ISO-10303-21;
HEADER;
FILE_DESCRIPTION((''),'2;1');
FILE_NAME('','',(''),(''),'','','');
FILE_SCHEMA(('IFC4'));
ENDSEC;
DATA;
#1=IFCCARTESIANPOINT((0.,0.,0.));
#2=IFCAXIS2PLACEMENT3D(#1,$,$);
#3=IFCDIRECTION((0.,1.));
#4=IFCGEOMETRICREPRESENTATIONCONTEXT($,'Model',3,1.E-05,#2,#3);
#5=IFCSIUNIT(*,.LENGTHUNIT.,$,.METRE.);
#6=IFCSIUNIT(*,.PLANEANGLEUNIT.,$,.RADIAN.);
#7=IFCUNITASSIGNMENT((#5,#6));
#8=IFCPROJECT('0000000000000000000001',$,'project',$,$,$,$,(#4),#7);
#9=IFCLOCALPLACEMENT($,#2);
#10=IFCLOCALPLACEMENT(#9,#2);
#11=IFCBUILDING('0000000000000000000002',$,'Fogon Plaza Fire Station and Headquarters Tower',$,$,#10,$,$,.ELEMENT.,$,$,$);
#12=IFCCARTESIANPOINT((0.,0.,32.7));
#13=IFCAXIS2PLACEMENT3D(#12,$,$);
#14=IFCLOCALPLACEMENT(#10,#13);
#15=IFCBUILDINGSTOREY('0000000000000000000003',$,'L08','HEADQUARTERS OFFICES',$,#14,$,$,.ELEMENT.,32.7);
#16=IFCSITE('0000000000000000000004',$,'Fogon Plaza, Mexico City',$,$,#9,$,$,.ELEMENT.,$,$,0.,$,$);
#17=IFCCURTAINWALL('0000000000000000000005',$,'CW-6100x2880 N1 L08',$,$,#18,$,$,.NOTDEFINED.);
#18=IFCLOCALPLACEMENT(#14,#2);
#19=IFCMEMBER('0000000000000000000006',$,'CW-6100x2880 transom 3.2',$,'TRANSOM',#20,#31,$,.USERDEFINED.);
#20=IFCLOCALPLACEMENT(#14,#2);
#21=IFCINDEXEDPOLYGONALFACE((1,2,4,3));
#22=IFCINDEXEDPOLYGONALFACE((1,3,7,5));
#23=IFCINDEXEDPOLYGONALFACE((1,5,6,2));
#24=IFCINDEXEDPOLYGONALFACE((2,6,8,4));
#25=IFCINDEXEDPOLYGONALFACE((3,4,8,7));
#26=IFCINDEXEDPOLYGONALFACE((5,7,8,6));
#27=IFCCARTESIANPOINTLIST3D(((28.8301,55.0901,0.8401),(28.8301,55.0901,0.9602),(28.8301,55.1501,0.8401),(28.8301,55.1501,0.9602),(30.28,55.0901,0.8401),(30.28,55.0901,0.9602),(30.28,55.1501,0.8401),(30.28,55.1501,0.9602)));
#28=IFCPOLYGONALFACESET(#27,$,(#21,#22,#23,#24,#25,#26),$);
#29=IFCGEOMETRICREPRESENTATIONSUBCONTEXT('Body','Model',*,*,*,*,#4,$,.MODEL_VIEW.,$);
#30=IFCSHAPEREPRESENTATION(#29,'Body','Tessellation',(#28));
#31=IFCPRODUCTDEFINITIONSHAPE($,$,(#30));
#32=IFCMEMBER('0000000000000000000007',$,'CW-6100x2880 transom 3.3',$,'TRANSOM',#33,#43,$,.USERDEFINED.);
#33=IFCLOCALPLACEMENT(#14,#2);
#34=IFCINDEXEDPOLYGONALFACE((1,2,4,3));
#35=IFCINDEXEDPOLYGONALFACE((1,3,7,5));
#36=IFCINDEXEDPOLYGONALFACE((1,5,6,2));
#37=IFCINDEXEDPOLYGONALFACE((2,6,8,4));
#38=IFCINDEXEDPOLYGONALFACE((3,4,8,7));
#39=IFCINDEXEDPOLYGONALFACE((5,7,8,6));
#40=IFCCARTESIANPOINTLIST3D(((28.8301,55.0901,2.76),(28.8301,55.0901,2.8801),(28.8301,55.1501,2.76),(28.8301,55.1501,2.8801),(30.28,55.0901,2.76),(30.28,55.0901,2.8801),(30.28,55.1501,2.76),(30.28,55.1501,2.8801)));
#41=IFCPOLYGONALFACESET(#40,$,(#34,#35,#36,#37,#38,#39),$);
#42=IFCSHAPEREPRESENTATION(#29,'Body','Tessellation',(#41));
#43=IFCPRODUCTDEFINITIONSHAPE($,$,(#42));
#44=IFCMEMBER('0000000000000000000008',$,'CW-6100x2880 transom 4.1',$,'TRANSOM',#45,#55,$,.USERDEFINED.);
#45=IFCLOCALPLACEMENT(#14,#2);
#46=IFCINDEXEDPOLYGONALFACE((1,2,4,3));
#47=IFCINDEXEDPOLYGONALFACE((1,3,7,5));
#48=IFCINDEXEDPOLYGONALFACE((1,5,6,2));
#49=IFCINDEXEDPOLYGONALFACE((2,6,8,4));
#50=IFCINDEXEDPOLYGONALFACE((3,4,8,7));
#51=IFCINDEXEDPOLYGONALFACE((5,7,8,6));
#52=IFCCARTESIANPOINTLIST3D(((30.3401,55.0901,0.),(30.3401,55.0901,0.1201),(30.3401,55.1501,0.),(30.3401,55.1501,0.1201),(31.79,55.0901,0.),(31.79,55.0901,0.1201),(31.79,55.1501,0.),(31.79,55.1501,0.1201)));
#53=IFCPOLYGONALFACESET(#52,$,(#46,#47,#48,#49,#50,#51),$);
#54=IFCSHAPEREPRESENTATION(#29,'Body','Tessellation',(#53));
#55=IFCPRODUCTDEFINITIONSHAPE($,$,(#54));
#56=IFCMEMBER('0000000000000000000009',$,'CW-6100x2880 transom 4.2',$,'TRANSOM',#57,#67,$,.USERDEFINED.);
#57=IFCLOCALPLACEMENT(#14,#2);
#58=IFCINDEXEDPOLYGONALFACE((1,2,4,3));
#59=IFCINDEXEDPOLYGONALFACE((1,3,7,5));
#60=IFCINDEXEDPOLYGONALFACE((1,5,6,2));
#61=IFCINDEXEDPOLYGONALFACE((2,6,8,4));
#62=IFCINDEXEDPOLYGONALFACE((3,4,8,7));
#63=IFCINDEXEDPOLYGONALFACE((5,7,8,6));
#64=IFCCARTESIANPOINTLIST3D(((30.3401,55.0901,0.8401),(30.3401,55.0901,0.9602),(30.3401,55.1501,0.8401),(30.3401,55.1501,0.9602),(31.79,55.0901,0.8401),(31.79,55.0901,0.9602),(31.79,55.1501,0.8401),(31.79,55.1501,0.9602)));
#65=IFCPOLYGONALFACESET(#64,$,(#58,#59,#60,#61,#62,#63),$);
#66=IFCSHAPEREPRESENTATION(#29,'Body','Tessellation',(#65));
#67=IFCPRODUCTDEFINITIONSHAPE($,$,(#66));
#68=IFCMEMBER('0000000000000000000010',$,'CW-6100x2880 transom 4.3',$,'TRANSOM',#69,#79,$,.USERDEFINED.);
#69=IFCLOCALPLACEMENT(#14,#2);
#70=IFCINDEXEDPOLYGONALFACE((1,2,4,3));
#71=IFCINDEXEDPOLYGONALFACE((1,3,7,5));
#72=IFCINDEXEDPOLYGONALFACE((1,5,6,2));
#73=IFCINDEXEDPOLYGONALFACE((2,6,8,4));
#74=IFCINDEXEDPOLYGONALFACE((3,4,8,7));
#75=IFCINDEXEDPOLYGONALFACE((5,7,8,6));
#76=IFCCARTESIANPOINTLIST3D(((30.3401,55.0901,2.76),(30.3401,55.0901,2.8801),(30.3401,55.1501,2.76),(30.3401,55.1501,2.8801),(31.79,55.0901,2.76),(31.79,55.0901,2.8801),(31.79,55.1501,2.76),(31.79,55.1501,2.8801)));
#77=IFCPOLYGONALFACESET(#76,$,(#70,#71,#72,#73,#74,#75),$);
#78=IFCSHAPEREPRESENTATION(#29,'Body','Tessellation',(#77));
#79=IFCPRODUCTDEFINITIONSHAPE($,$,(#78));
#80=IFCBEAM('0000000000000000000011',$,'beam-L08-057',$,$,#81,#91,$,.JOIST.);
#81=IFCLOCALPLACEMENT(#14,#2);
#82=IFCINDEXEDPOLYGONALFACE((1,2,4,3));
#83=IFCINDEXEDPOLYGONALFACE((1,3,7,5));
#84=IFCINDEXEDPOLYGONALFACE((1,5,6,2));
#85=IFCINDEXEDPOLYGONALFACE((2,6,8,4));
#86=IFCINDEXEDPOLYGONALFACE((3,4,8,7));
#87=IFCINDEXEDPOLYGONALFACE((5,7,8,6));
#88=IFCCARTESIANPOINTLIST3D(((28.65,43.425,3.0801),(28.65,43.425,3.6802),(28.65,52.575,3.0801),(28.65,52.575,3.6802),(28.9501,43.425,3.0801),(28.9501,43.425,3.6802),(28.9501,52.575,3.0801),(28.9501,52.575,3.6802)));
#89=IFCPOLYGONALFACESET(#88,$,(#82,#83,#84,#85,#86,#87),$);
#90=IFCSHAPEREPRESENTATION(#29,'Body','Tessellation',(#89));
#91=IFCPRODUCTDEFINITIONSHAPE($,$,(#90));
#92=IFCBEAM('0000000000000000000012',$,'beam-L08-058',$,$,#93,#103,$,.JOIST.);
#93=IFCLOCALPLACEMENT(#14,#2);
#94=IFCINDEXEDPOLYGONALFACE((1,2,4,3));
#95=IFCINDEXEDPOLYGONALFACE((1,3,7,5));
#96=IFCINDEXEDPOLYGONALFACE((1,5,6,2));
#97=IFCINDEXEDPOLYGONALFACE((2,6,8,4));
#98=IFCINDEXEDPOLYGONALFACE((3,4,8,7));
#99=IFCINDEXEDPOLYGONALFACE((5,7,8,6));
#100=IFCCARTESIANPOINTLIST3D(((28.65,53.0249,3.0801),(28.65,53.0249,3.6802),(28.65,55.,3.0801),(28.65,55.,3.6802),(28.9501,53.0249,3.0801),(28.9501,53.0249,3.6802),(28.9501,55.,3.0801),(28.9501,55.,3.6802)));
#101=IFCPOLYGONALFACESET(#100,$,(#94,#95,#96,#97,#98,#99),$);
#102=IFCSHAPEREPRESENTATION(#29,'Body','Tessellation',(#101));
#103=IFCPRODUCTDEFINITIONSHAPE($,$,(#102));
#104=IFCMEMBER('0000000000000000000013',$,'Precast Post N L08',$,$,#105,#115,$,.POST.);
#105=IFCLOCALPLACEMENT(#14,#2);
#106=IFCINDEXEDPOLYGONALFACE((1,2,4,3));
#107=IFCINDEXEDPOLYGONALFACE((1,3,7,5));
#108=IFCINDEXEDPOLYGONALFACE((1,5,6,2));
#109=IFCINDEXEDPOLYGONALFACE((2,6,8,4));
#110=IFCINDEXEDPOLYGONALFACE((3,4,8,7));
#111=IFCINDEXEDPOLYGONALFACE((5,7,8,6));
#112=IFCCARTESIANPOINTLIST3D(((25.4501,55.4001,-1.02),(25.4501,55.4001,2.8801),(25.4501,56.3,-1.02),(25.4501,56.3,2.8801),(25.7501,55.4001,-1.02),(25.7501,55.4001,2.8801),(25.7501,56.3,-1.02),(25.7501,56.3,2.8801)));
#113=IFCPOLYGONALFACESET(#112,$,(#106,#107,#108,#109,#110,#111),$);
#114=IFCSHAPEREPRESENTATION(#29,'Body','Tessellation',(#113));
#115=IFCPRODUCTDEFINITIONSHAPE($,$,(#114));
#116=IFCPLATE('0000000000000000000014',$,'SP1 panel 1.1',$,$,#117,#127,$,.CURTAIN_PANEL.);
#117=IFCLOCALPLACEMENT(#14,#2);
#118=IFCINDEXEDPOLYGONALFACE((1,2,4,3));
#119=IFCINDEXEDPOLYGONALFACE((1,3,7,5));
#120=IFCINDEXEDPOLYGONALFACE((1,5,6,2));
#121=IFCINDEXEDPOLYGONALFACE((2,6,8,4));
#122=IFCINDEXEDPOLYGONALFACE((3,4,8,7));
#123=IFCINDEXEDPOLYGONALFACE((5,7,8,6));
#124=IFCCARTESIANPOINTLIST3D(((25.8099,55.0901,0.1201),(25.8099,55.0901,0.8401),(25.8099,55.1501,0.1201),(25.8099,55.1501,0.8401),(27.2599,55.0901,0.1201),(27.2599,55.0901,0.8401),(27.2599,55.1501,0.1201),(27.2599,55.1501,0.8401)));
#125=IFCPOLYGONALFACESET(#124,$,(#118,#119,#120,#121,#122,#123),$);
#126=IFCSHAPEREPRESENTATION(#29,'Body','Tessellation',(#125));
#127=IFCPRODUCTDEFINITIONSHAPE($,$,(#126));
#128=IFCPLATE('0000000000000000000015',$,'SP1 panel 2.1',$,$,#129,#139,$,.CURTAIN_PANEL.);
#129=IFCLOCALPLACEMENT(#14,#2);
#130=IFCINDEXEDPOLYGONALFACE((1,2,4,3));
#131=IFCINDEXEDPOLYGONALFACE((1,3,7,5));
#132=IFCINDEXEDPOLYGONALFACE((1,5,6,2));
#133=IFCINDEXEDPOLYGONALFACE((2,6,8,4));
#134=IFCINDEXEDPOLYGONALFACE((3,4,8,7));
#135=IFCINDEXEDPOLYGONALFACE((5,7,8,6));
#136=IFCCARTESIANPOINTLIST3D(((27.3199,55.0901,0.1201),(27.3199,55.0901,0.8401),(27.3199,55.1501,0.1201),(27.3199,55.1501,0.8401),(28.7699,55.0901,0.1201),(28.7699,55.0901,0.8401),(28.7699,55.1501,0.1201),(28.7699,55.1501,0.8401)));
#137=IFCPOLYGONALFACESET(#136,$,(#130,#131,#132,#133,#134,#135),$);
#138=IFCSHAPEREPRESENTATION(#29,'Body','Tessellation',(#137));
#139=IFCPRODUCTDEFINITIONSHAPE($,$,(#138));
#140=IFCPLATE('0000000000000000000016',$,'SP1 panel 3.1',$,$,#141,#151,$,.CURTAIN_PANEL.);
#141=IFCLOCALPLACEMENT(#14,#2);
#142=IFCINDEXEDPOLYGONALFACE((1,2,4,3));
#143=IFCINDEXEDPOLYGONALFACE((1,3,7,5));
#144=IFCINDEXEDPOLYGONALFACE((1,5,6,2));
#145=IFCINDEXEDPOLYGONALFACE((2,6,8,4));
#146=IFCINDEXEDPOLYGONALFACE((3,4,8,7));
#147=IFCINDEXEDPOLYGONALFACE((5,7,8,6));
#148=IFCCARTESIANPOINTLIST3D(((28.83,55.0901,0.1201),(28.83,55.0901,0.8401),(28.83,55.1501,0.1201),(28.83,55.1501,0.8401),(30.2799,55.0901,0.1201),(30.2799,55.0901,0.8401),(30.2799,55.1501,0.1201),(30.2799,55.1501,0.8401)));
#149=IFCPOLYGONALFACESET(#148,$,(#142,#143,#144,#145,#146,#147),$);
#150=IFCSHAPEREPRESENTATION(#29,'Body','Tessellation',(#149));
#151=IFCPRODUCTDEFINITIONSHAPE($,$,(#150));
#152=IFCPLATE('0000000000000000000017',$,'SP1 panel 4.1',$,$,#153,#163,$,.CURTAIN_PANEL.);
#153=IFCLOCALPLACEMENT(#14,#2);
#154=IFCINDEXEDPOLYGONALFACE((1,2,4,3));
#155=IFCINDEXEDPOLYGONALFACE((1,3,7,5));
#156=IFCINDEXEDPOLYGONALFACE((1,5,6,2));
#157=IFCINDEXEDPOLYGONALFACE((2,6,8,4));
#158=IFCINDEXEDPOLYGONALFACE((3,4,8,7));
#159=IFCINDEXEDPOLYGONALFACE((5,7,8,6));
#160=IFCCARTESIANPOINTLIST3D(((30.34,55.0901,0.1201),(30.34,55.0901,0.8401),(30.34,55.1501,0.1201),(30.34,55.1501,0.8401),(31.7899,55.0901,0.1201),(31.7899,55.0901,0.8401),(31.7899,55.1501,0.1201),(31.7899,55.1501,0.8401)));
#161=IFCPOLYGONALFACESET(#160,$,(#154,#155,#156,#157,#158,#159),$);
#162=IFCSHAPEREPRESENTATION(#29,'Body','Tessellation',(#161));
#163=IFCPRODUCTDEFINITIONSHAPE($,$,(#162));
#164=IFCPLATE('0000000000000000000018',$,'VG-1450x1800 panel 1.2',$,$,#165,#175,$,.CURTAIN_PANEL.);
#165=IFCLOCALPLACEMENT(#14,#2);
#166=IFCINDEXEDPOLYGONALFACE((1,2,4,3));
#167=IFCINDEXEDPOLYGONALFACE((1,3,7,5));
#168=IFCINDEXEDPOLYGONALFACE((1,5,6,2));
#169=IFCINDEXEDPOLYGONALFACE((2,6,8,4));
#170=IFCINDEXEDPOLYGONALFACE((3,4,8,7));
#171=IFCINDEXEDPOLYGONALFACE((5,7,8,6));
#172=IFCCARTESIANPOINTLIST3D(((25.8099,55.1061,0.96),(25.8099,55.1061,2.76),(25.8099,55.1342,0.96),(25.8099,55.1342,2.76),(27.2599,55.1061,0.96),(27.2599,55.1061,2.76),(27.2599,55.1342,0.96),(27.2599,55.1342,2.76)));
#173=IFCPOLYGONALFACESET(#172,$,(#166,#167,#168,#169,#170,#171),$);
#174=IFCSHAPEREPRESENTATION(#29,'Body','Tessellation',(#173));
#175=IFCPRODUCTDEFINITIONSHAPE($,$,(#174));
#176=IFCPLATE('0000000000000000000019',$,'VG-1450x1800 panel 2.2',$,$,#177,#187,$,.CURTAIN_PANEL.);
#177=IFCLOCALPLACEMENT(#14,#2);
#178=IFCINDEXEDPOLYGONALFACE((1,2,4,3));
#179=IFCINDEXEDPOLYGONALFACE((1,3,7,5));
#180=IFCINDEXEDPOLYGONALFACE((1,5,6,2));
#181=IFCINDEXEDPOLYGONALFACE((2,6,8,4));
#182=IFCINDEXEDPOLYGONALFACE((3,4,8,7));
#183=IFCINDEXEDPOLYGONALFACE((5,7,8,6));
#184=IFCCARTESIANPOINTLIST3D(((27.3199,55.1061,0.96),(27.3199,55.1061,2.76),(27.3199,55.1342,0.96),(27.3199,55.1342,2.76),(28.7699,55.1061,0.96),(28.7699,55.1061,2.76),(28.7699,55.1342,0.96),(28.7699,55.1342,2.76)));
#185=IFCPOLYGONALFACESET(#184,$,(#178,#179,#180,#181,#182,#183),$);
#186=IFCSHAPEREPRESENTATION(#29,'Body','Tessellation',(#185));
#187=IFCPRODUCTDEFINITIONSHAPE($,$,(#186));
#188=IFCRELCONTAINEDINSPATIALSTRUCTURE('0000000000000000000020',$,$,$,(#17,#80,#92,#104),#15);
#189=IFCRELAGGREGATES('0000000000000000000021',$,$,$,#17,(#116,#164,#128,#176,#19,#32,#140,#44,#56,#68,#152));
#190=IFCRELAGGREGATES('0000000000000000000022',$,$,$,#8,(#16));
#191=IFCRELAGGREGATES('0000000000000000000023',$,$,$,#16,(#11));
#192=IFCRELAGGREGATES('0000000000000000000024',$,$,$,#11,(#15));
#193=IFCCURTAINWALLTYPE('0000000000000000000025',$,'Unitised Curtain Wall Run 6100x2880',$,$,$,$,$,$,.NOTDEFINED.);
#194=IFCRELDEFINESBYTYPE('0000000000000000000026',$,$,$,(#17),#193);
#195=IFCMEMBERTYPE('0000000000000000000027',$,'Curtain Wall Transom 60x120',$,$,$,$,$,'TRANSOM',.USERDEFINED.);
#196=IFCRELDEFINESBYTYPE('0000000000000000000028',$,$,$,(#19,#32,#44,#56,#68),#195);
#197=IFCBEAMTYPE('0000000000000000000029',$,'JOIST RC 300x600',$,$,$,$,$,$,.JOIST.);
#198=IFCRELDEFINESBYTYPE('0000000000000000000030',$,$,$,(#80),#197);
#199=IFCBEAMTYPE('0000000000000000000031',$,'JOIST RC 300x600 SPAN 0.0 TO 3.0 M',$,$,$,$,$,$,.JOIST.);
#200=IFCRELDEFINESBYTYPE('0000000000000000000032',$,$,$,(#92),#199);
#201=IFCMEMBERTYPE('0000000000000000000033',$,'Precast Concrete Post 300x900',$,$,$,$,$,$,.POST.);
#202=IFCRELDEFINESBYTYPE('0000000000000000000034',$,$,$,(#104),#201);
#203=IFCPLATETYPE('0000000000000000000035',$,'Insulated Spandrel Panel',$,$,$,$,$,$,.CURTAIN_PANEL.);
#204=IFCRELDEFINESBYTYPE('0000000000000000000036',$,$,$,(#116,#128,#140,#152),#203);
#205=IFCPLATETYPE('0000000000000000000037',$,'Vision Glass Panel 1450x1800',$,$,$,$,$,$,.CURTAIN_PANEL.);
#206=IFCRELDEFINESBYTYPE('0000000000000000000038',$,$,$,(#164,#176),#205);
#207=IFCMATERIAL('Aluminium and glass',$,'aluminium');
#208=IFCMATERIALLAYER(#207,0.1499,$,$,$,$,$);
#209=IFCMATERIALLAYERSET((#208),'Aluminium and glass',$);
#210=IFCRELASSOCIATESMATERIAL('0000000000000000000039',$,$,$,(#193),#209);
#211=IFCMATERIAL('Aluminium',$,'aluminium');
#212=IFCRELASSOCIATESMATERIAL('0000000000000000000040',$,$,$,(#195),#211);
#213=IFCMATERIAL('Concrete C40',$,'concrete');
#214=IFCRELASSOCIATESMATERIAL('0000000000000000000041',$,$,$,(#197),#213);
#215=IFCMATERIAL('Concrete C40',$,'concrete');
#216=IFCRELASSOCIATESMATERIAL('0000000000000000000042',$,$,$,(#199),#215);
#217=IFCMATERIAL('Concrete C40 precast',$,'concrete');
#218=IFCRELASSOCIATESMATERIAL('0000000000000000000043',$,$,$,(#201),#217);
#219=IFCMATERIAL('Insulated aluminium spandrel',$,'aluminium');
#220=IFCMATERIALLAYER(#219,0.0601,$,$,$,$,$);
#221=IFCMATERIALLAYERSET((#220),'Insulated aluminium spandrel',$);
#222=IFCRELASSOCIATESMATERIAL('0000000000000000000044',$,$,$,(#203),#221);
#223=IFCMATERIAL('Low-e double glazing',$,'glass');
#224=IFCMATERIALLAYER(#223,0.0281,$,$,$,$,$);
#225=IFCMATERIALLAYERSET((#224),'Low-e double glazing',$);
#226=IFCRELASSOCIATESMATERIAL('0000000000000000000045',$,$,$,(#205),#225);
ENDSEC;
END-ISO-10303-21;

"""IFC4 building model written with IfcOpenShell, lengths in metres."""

from ifc_helpers import new_model, si_unit, direction, frame, origin, origin_2d, place, context, subcontext, project, spatial, rectangle, extrude, material, layer, layer_set, material_profile, profile_set, type_object, element, aggregate, save


model = new_model("IFC4")

# Units and contexts
model_context = context("Model", 3, precision=1e-05, world=origin(), true_north=direction((0.0, 1.0)))
body_context = subcontext(model_context, "Body", "Model", "MODEL_VIEW")
ifc_project = project(units=[si_unit("LENGTHUNIT", "METRE"), si_unit("PLANEANGLEUNIT", "RADIAN")], contexts=[model_context])

# Site, building, storey
site_placement = place(None, origin())
site = spatial("IfcSite", under=ifc_project, at=site_placement, Name="Fogon Plaza, Mexico City", CompositionType="ELEMENT", RefElevation=0.0)
building_placement = place(site_placement, origin())
building = spatial("IfcBuilding", under=site, at=building_placement, Name="Fogon Plaza Fire Station and Headquarters Tower", CompositionType="ELEMENT")
storey_placement = place(building_placement, frame((0.0, 0.0, 32.7)))
storey = spatial("IfcBuildingStorey", under=building, at=storey_placement, Name="L08", Description="HEADQUARTERS OFFICES", CompositionType="ELEMENT", Elevation=32.7)

# Curtain wall, members
ifc_material_1 = material(Name="Aluminium and glass", Category="aluminium")
ifc_layer_1 = layer(ifc_material_1, 0.1499)
ifc_layer_set_1 = layer_set([ifc_layer_1], Name="Aluminium and glass")
curtain_wall_type = type_object("IfcCurtainWallType", Name="Unitised Curtain Wall Run 6100x2880", PredefinedType="NOTDEFINED", material=ifc_layer_set_1)
curtain_wall_placement = place(storey_placement, origin())
curtain_wall = element("IfcCurtainWall", 1, at=curtain_wall_placement, inside=storey, type_object=curtain_wall_type, Name="CW-6100x2880 N1 L08", PredefinedType="NOTDEFINED")
ifc_material_2 = material(Name="Aluminium", Category="aluminium")
ifc_material_profile_1 = material_profile(ifc_material_2, rectangle(XDim=0.0601, YDim=0.1201, at=origin_2d()), Name="Curtain Wall Transom 60x120")
ifc_profile_set_1 = profile_set([ifc_material_profile_1], Name="Aluminium")
member_type_1 = type_object("IfcMemberType", Name="Curtain Wall Transom 60x120", ElementType="TRANSOM", PredefinedType="USERDEFINED", material=ifc_profile_set_1)
member_1_placement = place(storey_placement, frame((28.8301, 55.1201, 0.9001), z_axis=(1.0, 0.0, 0.0), x_axis=(0.0, 1.0, 0.0)))
member_1 = element("IfcMember", 2, at=member_1_placement, type_object=member_type_1, Name="CW-6100x2880 transom 3.2", ObjectType="TRANSOM", PredefinedType="USERDEFINED", context=body_context, shape_type="SweptSolid", body=[
    extrude(rectangle(XDim=0.0601, YDim=0.1201, at=origin_2d()), origin(), (0.0, 0.0, 1.0), 1.45),
])
member_2_placement = place(storey_placement, frame((28.8301, 55.1201, 2.8201), z_axis=(1.0, 0.0, 0.0), x_axis=(0.0, 1.0, 0.0)))
member_2 = element("IfcMember", 3, at=member_2_placement, type_object=member_type_1, Name="CW-6100x2880 transom 3.3", ObjectType="TRANSOM", PredefinedType="USERDEFINED", context=body_context, shape_type="SweptSolid", body=[
    extrude(rectangle(XDim=0.0601, YDim=0.1201, at=origin_2d()), origin(), (0.0, 0.0, 1.0), 1.45),
])
member_3_placement = place(storey_placement, frame((30.3401, 55.1201, 0.0601), z_axis=(1.0, 0.0, 0.0), x_axis=(0.0, 1.0, 0.0)))
member_3 = element("IfcMember", 4, at=member_3_placement, type_object=member_type_1, Name="CW-6100x2880 transom 4.1", ObjectType="TRANSOM", PredefinedType="USERDEFINED", context=body_context, shape_type="SweptSolid", body=[
    extrude(rectangle(XDim=0.0601, YDim=0.1201, at=origin_2d()), origin(), (0.0, 0.0, 1.0), 1.45),
])
member_4_placement = place(storey_placement, frame((30.3401, 55.1201, 0.9001), z_axis=(1.0, 0.0, 0.0), x_axis=(0.0, 1.0, 0.0)))
member_4 = element("IfcMember", 5, at=member_4_placement, type_object=member_type_1, Name="CW-6100x2880 transom 4.2", ObjectType="TRANSOM", PredefinedType="USERDEFINED", context=body_context, shape_type="SweptSolid", body=[
    extrude(rectangle(XDim=0.0601, YDim=0.1201, at=origin_2d()), origin(), (0.0, 0.0, 1.0), 1.45),
])
member_5_placement = place(storey_placement, frame((30.3401, 55.1201, 2.8201), z_axis=(1.0, 0.0, 0.0), x_axis=(0.0, 1.0, 0.0)))
member_5 = element("IfcMember", 6, at=member_5_placement, type_object=member_type_1, Name="CW-6100x2880 transom 4.3", ObjectType="TRANSOM", PredefinedType="USERDEFINED", context=body_context, shape_type="SweptSolid", body=[
    extrude(rectangle(XDim=0.0601, YDim=0.1201, at=origin_2d()), origin(), (0.0, 0.0, 1.0), 1.45),
])

# Beams
ifc_material_3 = material(Name="Concrete C40", Category="concrete")
ifc_material_profile_2 = material_profile(ifc_material_3, rectangle(XDim=0.3, YDim=0.6001, at=origin_2d()), Name="RC 300x600")
ifc_profile_set_2 = profile_set([ifc_material_profile_2], Name="Concrete C40")
beam_type_1 = type_object("IfcBeamType", Name="JOIST RC 300x600", PredefinedType="JOIST", material=ifc_profile_set_2)
beam_1_placement = place(storey_placement, frame((28.8, 43.425, 3.3801), z_axis=(0.0, 1.0, 0.0), x_axis=(-1.0, 0.0, 0.0)))
element("IfcBeam", 7, at=beam_1_placement, inside=storey, type_object=beam_type_1, Name="beam-L08-057", PredefinedType="JOIST", context=body_context, shape_type="SweptSolid", body=[
    extrude(rectangle(XDim=0.3, YDim=0.6001, at=origin_2d()), origin(), (0.0, 0.0, 1.0), 9.1499),
])
ifc_material_4 = material(Name="Concrete C40", Category="concrete")
ifc_material_profile_3 = material_profile(ifc_material_4, rectangle(XDim=0.3, YDim=0.6001, at=origin_2d()), Name="RC 300x600")
ifc_profile_set_3 = profile_set([ifc_material_profile_3], Name="Concrete C40")
beam_type_2 = type_object("IfcBeamType", Name="JOIST RC 300x600 SPAN 0.0 TO 3.0 M", PredefinedType="JOIST", material=ifc_profile_set_3)
beam_2_placement = place(storey_placement, frame((28.8, 53.0249, 3.3801), z_axis=(0.0, 1.0, 0.0), x_axis=(-1.0, 0.0, 0.0)))
element("IfcBeam", 8, at=beam_2_placement, inside=storey, type_object=beam_type_2, Name="beam-L08-058", PredefinedType="JOIST", context=body_context, shape_type="SweptSolid", body=[
    extrude(rectangle(XDim=0.3, YDim=0.6001, at=origin_2d()), origin(), (0.0, 0.0, 1.0), 1.9751),
])

# Member
ifc_material_5 = material(Name="Concrete C40 precast", Category="concrete")
ifc_material_profile_4 = material_profile(ifc_material_5, rectangle(XDim=0.3, YDim=0.8999, at=origin_2d()), Name="Precast Concrete Post 300x900")
ifc_profile_set_4 = profile_set([ifc_material_profile_4], Name="Concrete C40 precast")
member_type_2 = type_object("IfcMemberType", Name="Precast Concrete Post 300x900", PredefinedType="POST", material=ifc_profile_set_4)
member_6_placement = place(storey_placement, frame((25.6001, 55.8501, -1.02), z_axis=(0.0, 0.0, 1.0), x_axis=(1.0, 0.0, 0.0)))
element("IfcMember", 9, at=member_6_placement, inside=storey, type_object=member_type_2, Name="Precast Post N L08", PredefinedType="POST", context=body_context, shape_type="SweptSolid", body=[
    extrude(rectangle(XDim=0.3, YDim=0.8999, at=origin_2d()), origin(), (0.0, 0.0, 1.0), 3.9001),
])

# Plates
ifc_material_6 = material(Name="Insulated aluminium spandrel", Category="aluminium")
ifc_layer_2 = layer(ifc_material_6, 0.0601)
ifc_layer_set_2 = layer_set([ifc_layer_2], Name="Insulated aluminium spandrel")
plate_type_1 = type_object("IfcPlateType", Name="Insulated Spandrel Panel", PredefinedType="CURTAIN_PANEL", material=ifc_layer_set_2)
plate_1_placement = place(storey_placement, frame((26.5349, 55.1201, 0.1201), z_axis=(0.0, 0.0, 1.0), x_axis=(1.0, 0.0, 0.0)))
plate_1 = element("IfcPlate", 10, at=plate_1_placement, type_object=plate_type_1, Name="SP1 panel 1.1", PredefinedType="CURTAIN_PANEL", context=body_context, shape_type="SweptSolid", body=[
    extrude(rectangle(XDim=1.45, YDim=0.0601, at=origin_2d()), origin(), (0.0, 0.0, 1.0), 0.72),
])
plate_2_placement = place(storey_placement, frame((28.0449, 55.1201, 0.1201), z_axis=(0.0, 0.0, 1.0), x_axis=(1.0, 0.0, 0.0)))
plate_2 = element("IfcPlate", 11, at=plate_2_placement, type_object=plate_type_1, Name="SP1 panel 2.1", PredefinedType="CURTAIN_PANEL", context=body_context, shape_type="SweptSolid", body=[
    extrude(rectangle(XDim=1.45, YDim=0.0601, at=origin_2d()), origin(), (0.0, 0.0, 1.0), 0.72),
])
plate_3_placement = place(storey_placement, frame((29.5549, 55.1201, 0.1201), z_axis=(0.0, 0.0, 1.0), x_axis=(1.0, 0.0, 0.0)))
plate_3 = element("IfcPlate", 12, at=plate_3_placement, type_object=plate_type_1, Name="SP1 panel 3.1", PredefinedType="CURTAIN_PANEL", context=body_context, shape_type="SweptSolid", body=[
    extrude(rectangle(XDim=1.45, YDim=0.0601, at=origin_2d()), origin(), (0.0, 0.0, 1.0), 0.72),
])
plate_4_placement = place(storey_placement, frame((31.0649, 55.1201, 0.1201), z_axis=(0.0, 0.0, 1.0), x_axis=(1.0, 0.0, 0.0)))
plate_4 = element("IfcPlate", 13, at=plate_4_placement, type_object=plate_type_1, Name="SP1 panel 4.1", PredefinedType="CURTAIN_PANEL", context=body_context, shape_type="SweptSolid", body=[
    extrude(rectangle(XDim=1.45, YDim=0.0601, at=origin_2d()), origin(), (0.0, 0.0, 1.0), 0.72),
])
ifc_material_7 = material(Name="Low-e double glazing", Category="glass")
ifc_layer_3 = layer(ifc_material_7, 0.0281)
ifc_layer_set_3 = layer_set([ifc_layer_3], Name="Low-e double glazing")
plate_type_2 = type_object("IfcPlateType", Name="Vision Glass Panel 1450x1800", PredefinedType="CURTAIN_PANEL", material=ifc_layer_set_3)
plate_5_placement = place(storey_placement, frame((26.5349, 55.1201, 0.96), z_axis=(0.0, 0.0, 1.0), x_axis=(1.0, 0.0, 0.0)))
plate_5 = element("IfcPlate", 14, at=plate_5_placement, type_object=plate_type_2, Name="VG-1450x1800 panel 1.2", PredefinedType="CURTAIN_PANEL", context=body_context, shape_type="SweptSolid", body=[
    extrude(rectangle(XDim=1.45, YDim=0.0281, at=origin_2d()), origin(), (0.0, 0.0, 1.0), 1.8),
])
plate_6_placement = place(storey_placement, frame((28.0449, 55.1201, 0.96), z_axis=(0.0, 0.0, 1.0), x_axis=(1.0, 0.0, 0.0)))
plate_6 = element("IfcPlate", 15, at=plate_6_placement, type_object=plate_type_2, Name="VG-1450x1800 panel 2.2", PredefinedType="CURTAIN_PANEL", context=body_context, shape_type="SweptSolid", body=[
    extrude(rectangle(XDim=1.45, YDim=0.0281, at=origin_2d()), origin(), (0.0, 0.0, 1.0), 1.8),
])
aggregate(curtain_wall, [plate_1, plate_5, plate_2, plate_6, member_1, member_2, plate_3, member_3, member_4, member_5, plate_4])

save(model, "model.ifc")
